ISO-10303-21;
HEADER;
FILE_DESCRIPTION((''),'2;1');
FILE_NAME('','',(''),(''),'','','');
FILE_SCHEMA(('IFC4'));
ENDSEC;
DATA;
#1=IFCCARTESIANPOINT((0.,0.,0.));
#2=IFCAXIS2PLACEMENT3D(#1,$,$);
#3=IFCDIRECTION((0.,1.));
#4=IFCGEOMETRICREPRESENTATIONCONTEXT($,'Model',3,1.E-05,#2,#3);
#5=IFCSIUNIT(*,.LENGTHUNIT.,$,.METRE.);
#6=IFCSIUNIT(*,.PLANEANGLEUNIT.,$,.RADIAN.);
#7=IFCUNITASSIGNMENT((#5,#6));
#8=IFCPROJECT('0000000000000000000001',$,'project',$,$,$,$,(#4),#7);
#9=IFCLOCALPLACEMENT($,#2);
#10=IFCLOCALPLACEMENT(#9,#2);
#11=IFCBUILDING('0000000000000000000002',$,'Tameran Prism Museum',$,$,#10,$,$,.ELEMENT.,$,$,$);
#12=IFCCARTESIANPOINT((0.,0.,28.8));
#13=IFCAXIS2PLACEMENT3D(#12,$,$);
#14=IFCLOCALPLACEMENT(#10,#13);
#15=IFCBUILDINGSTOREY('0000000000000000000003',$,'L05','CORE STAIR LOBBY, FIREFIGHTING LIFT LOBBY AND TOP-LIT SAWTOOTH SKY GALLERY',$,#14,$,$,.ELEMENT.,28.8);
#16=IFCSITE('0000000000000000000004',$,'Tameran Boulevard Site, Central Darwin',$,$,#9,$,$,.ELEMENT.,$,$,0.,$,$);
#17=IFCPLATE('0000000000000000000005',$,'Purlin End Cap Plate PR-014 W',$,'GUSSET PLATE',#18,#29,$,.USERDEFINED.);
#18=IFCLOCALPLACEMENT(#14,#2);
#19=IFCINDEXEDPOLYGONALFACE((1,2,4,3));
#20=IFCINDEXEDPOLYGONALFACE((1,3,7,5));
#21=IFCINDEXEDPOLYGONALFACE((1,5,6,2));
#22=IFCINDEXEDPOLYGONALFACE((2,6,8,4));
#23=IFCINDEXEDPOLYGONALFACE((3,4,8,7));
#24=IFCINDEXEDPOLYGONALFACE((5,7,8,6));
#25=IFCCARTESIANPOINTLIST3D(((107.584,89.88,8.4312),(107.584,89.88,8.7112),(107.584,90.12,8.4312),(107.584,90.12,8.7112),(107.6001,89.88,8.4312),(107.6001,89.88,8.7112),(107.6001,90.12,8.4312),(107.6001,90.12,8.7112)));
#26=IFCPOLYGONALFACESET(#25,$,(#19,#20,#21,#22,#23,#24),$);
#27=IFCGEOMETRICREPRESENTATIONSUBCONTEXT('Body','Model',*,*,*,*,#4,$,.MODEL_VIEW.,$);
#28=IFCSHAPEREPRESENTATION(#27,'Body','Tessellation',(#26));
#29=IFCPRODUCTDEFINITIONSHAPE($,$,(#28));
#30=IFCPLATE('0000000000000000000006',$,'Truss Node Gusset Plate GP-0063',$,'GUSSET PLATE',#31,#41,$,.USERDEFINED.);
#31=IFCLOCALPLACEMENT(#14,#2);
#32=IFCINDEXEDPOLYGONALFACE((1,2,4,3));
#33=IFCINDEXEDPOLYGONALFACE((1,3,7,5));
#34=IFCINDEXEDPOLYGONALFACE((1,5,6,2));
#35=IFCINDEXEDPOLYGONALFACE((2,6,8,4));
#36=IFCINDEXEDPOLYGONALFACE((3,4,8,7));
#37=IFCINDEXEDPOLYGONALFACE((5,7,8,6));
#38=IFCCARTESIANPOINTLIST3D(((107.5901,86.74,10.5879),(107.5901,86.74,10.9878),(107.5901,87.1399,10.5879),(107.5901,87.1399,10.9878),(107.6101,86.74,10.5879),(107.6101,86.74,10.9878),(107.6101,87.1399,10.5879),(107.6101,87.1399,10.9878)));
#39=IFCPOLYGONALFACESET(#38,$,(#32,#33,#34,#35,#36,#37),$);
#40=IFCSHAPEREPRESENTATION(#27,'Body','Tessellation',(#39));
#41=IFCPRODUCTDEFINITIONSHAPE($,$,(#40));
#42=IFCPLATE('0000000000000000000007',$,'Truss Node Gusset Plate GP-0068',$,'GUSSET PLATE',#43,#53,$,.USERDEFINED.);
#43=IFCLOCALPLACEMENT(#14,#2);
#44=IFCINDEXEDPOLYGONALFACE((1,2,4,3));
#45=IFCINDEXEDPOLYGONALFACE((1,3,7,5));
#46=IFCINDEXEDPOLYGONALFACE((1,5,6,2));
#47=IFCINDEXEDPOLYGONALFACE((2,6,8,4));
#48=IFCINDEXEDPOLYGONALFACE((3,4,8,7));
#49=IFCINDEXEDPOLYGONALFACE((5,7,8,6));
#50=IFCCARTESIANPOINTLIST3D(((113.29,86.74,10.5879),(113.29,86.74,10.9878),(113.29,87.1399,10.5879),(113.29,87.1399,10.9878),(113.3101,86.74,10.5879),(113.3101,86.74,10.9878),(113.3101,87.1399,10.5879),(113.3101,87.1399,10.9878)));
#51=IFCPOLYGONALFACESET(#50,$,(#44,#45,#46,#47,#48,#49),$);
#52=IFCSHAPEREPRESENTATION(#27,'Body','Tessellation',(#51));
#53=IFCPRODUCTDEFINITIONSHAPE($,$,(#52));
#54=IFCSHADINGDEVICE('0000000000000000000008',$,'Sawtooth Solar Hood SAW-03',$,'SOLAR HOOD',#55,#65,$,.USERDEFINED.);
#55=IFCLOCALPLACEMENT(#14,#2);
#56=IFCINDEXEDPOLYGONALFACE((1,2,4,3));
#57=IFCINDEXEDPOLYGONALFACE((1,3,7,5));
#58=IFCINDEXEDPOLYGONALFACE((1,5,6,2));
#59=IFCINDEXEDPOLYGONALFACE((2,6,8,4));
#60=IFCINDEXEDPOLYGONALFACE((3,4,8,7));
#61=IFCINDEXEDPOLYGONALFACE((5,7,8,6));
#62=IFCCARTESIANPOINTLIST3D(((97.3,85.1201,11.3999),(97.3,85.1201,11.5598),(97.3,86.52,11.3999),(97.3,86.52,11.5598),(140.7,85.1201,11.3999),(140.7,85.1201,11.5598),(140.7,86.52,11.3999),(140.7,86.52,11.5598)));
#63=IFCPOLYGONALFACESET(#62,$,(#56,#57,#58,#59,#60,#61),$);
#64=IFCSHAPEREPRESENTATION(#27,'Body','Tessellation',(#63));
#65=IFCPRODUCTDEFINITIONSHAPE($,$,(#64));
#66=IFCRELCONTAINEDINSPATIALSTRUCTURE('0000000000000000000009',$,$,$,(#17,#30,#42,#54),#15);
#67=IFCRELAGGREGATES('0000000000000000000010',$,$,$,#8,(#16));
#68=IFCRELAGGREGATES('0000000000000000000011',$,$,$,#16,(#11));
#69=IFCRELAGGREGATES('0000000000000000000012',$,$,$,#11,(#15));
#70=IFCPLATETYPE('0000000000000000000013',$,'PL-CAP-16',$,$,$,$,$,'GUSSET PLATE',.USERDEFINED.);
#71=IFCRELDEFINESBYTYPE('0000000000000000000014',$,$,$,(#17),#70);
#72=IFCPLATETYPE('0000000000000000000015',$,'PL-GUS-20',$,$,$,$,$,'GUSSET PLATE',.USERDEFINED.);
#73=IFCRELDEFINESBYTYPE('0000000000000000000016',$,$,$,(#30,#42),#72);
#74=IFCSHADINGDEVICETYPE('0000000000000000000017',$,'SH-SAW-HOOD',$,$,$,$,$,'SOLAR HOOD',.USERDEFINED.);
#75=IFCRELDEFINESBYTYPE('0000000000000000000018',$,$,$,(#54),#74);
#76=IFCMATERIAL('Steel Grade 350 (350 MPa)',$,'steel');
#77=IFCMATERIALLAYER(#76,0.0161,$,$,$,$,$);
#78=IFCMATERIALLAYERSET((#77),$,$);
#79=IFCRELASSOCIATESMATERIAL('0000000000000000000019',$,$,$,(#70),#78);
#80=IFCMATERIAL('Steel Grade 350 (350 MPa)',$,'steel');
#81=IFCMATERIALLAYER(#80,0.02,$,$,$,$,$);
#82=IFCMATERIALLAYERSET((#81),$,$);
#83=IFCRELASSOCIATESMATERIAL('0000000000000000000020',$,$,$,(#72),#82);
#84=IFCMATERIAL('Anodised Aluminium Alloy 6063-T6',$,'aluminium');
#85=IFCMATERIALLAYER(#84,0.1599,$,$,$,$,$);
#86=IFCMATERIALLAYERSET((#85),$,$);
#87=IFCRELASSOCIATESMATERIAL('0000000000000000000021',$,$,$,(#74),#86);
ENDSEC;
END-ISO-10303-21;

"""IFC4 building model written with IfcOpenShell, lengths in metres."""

from ifc_helpers import new_model, si_unit, direction, frame, origin, origin_2d, place, context, subcontext, project, spatial, rectangle, extrude, material, layer, layer_set, type_object, element, save


model = new_model("IFC4")

# Units and contexts
model_context = context("Model", 3, precision=1e-05, world=origin(), true_north=direction((0.0, 1.0)))
body_context = subcontext(model_context, "Body", "Model", "MODEL_VIEW")
ifc_project = project(units=[si_unit("LENGTHUNIT", "METRE"), si_unit("PLANEANGLEUNIT", "RADIAN")], contexts=[model_context])

# Site, building, storey
site_placement = place(None, origin())
site = spatial("IfcSite", under=ifc_project, at=site_placement, Name="Tameran Boulevard Site, Central Darwin", CompositionType="ELEMENT", RefElevation=0.0)
building_placement = place(site_placement, origin())
building = spatial("IfcBuilding", under=site, at=building_placement, Name="Tameran Prism Museum", CompositionType="ELEMENT")
storey_placement = place(building_placement, frame((0.0, 0.0, 28.8)))
storey = spatial("IfcBuildingStorey", under=building, at=storey_placement, Name="L05", Description="CORE STAIR LOBBY, FIREFIGHTING LIFT LOBBY AND TOP-LIT SAWTOOTH SKY GALLERY", CompositionType="ELEMENT", Elevation=28.8)

# Plates
ifc_material_1 = material(Name="Steel Grade 350 (350 MPa)", Category="steel")
ifc_layer_1 = layer(ifc_material_1, 0.0161)
ifc_layer_set_1 = layer_set([ifc_layer_1])
plate_type_1 = type_object("IfcPlateType", Name="PL-CAP-16", ElementType="GUSSET PLATE", PredefinedType="USERDEFINED", material=ifc_layer_set_1)
for number, where, z_axis, x_axis, name in (
    (1, (107.592, 90.0, 8.4312), (0.0, 0.0, 1.0), (1.0, 0.0, 0.0), "Purlin End Cap Plate PR-014 W"),
):
    element("IfcPlate", number, at=place(storey_placement, frame(where, z_axis=z_axis, x_axis=x_axis)), inside=storey, type_object=plate_type_1, Name=name, ObjectType="GUSSET PLATE", PredefinedType="USERDEFINED", context=body_context, shape_type="SweptSolid", body=[
        extrude(rectangle(XDim=0.0161, YDim=0.24, at=origin_2d()), origin(), (0.0, 0.0, 1.0), 0.28),
    ])
ifc_material_2 = material(Name="Steel Grade 350 (350 MPa)", Category="steel")
ifc_layer_2 = layer(ifc_material_2, 0.02)
ifc_layer_set_2 = layer_set([ifc_layer_2])
plate_type_2 = type_object("IfcPlateType", Name="PL-GUS-20", ElementType="GUSSET PLATE", PredefinedType="USERDEFINED", material=ifc_layer_set_2)
for number, where, z_axis, x_axis, name in (
    (2, (107.6001, 86.9399, 10.5879), (0.0, 0.0, 1.0), (1.0, 0.0, 0.0), "Truss Node Gusset Plate GP-0063"),
    (3, (113.3, 86.9399, 10.5879), (0.0, 0.0, 1.0), (1.0, 0.0, 0.0), "Truss Node Gusset Plate GP-0068"),
):
    element("IfcPlate", number, at=place(storey_placement, frame(where, z_axis=z_axis, x_axis=x_axis)), inside=storey, type_object=plate_type_2, Name=name, ObjectType="GUSSET PLATE", PredefinedType="USERDEFINED", context=body_context, shape_type="SweptSolid", body=[
        extrude(rectangle(XDim=0.02, YDim=0.3999, at=origin_2d()), origin(), (0.0, 0.0, 1.0), 0.3999),
    ])

# Shading device
ifc_material_3 = material(Name="Anodised Aluminium Alloy 6063-T6", Category="aluminium")
ifc_layer_3 = layer(ifc_material_3, 0.1599)
ifc_layer_set_3 = layer_set([ifc_layer_3])
shading_device_type = type_object("IfcShadingDeviceType", Name="SH-SAW-HOOD", ElementType="SOLAR HOOD", PredefinedType="USERDEFINED", material=ifc_layer_set_3)
shading_device_placement = place(storey_placement, frame((119.0, 85.8201, 11.3999), z_axis=(0.0, 0.0, 1.0), x_axis=(1.0, 0.0, 0.0)))
element("IfcShadingDevice", 4, at=shading_device_placement, inside=storey, type_object=shading_device_type, Name="Sawtooth Solar Hood SAW-03", ObjectType="SOLAR HOOD", PredefinedType="USERDEFINED", context=body_context, shape_type="SweptSolid", body=[
    extrude(rectangle(XDim=43.3999, YDim=1.3999, at=origin_2d()), origin(), (0.0, 0.0, 1.0), 0.1599),
])

save(model, "model.ifc")
